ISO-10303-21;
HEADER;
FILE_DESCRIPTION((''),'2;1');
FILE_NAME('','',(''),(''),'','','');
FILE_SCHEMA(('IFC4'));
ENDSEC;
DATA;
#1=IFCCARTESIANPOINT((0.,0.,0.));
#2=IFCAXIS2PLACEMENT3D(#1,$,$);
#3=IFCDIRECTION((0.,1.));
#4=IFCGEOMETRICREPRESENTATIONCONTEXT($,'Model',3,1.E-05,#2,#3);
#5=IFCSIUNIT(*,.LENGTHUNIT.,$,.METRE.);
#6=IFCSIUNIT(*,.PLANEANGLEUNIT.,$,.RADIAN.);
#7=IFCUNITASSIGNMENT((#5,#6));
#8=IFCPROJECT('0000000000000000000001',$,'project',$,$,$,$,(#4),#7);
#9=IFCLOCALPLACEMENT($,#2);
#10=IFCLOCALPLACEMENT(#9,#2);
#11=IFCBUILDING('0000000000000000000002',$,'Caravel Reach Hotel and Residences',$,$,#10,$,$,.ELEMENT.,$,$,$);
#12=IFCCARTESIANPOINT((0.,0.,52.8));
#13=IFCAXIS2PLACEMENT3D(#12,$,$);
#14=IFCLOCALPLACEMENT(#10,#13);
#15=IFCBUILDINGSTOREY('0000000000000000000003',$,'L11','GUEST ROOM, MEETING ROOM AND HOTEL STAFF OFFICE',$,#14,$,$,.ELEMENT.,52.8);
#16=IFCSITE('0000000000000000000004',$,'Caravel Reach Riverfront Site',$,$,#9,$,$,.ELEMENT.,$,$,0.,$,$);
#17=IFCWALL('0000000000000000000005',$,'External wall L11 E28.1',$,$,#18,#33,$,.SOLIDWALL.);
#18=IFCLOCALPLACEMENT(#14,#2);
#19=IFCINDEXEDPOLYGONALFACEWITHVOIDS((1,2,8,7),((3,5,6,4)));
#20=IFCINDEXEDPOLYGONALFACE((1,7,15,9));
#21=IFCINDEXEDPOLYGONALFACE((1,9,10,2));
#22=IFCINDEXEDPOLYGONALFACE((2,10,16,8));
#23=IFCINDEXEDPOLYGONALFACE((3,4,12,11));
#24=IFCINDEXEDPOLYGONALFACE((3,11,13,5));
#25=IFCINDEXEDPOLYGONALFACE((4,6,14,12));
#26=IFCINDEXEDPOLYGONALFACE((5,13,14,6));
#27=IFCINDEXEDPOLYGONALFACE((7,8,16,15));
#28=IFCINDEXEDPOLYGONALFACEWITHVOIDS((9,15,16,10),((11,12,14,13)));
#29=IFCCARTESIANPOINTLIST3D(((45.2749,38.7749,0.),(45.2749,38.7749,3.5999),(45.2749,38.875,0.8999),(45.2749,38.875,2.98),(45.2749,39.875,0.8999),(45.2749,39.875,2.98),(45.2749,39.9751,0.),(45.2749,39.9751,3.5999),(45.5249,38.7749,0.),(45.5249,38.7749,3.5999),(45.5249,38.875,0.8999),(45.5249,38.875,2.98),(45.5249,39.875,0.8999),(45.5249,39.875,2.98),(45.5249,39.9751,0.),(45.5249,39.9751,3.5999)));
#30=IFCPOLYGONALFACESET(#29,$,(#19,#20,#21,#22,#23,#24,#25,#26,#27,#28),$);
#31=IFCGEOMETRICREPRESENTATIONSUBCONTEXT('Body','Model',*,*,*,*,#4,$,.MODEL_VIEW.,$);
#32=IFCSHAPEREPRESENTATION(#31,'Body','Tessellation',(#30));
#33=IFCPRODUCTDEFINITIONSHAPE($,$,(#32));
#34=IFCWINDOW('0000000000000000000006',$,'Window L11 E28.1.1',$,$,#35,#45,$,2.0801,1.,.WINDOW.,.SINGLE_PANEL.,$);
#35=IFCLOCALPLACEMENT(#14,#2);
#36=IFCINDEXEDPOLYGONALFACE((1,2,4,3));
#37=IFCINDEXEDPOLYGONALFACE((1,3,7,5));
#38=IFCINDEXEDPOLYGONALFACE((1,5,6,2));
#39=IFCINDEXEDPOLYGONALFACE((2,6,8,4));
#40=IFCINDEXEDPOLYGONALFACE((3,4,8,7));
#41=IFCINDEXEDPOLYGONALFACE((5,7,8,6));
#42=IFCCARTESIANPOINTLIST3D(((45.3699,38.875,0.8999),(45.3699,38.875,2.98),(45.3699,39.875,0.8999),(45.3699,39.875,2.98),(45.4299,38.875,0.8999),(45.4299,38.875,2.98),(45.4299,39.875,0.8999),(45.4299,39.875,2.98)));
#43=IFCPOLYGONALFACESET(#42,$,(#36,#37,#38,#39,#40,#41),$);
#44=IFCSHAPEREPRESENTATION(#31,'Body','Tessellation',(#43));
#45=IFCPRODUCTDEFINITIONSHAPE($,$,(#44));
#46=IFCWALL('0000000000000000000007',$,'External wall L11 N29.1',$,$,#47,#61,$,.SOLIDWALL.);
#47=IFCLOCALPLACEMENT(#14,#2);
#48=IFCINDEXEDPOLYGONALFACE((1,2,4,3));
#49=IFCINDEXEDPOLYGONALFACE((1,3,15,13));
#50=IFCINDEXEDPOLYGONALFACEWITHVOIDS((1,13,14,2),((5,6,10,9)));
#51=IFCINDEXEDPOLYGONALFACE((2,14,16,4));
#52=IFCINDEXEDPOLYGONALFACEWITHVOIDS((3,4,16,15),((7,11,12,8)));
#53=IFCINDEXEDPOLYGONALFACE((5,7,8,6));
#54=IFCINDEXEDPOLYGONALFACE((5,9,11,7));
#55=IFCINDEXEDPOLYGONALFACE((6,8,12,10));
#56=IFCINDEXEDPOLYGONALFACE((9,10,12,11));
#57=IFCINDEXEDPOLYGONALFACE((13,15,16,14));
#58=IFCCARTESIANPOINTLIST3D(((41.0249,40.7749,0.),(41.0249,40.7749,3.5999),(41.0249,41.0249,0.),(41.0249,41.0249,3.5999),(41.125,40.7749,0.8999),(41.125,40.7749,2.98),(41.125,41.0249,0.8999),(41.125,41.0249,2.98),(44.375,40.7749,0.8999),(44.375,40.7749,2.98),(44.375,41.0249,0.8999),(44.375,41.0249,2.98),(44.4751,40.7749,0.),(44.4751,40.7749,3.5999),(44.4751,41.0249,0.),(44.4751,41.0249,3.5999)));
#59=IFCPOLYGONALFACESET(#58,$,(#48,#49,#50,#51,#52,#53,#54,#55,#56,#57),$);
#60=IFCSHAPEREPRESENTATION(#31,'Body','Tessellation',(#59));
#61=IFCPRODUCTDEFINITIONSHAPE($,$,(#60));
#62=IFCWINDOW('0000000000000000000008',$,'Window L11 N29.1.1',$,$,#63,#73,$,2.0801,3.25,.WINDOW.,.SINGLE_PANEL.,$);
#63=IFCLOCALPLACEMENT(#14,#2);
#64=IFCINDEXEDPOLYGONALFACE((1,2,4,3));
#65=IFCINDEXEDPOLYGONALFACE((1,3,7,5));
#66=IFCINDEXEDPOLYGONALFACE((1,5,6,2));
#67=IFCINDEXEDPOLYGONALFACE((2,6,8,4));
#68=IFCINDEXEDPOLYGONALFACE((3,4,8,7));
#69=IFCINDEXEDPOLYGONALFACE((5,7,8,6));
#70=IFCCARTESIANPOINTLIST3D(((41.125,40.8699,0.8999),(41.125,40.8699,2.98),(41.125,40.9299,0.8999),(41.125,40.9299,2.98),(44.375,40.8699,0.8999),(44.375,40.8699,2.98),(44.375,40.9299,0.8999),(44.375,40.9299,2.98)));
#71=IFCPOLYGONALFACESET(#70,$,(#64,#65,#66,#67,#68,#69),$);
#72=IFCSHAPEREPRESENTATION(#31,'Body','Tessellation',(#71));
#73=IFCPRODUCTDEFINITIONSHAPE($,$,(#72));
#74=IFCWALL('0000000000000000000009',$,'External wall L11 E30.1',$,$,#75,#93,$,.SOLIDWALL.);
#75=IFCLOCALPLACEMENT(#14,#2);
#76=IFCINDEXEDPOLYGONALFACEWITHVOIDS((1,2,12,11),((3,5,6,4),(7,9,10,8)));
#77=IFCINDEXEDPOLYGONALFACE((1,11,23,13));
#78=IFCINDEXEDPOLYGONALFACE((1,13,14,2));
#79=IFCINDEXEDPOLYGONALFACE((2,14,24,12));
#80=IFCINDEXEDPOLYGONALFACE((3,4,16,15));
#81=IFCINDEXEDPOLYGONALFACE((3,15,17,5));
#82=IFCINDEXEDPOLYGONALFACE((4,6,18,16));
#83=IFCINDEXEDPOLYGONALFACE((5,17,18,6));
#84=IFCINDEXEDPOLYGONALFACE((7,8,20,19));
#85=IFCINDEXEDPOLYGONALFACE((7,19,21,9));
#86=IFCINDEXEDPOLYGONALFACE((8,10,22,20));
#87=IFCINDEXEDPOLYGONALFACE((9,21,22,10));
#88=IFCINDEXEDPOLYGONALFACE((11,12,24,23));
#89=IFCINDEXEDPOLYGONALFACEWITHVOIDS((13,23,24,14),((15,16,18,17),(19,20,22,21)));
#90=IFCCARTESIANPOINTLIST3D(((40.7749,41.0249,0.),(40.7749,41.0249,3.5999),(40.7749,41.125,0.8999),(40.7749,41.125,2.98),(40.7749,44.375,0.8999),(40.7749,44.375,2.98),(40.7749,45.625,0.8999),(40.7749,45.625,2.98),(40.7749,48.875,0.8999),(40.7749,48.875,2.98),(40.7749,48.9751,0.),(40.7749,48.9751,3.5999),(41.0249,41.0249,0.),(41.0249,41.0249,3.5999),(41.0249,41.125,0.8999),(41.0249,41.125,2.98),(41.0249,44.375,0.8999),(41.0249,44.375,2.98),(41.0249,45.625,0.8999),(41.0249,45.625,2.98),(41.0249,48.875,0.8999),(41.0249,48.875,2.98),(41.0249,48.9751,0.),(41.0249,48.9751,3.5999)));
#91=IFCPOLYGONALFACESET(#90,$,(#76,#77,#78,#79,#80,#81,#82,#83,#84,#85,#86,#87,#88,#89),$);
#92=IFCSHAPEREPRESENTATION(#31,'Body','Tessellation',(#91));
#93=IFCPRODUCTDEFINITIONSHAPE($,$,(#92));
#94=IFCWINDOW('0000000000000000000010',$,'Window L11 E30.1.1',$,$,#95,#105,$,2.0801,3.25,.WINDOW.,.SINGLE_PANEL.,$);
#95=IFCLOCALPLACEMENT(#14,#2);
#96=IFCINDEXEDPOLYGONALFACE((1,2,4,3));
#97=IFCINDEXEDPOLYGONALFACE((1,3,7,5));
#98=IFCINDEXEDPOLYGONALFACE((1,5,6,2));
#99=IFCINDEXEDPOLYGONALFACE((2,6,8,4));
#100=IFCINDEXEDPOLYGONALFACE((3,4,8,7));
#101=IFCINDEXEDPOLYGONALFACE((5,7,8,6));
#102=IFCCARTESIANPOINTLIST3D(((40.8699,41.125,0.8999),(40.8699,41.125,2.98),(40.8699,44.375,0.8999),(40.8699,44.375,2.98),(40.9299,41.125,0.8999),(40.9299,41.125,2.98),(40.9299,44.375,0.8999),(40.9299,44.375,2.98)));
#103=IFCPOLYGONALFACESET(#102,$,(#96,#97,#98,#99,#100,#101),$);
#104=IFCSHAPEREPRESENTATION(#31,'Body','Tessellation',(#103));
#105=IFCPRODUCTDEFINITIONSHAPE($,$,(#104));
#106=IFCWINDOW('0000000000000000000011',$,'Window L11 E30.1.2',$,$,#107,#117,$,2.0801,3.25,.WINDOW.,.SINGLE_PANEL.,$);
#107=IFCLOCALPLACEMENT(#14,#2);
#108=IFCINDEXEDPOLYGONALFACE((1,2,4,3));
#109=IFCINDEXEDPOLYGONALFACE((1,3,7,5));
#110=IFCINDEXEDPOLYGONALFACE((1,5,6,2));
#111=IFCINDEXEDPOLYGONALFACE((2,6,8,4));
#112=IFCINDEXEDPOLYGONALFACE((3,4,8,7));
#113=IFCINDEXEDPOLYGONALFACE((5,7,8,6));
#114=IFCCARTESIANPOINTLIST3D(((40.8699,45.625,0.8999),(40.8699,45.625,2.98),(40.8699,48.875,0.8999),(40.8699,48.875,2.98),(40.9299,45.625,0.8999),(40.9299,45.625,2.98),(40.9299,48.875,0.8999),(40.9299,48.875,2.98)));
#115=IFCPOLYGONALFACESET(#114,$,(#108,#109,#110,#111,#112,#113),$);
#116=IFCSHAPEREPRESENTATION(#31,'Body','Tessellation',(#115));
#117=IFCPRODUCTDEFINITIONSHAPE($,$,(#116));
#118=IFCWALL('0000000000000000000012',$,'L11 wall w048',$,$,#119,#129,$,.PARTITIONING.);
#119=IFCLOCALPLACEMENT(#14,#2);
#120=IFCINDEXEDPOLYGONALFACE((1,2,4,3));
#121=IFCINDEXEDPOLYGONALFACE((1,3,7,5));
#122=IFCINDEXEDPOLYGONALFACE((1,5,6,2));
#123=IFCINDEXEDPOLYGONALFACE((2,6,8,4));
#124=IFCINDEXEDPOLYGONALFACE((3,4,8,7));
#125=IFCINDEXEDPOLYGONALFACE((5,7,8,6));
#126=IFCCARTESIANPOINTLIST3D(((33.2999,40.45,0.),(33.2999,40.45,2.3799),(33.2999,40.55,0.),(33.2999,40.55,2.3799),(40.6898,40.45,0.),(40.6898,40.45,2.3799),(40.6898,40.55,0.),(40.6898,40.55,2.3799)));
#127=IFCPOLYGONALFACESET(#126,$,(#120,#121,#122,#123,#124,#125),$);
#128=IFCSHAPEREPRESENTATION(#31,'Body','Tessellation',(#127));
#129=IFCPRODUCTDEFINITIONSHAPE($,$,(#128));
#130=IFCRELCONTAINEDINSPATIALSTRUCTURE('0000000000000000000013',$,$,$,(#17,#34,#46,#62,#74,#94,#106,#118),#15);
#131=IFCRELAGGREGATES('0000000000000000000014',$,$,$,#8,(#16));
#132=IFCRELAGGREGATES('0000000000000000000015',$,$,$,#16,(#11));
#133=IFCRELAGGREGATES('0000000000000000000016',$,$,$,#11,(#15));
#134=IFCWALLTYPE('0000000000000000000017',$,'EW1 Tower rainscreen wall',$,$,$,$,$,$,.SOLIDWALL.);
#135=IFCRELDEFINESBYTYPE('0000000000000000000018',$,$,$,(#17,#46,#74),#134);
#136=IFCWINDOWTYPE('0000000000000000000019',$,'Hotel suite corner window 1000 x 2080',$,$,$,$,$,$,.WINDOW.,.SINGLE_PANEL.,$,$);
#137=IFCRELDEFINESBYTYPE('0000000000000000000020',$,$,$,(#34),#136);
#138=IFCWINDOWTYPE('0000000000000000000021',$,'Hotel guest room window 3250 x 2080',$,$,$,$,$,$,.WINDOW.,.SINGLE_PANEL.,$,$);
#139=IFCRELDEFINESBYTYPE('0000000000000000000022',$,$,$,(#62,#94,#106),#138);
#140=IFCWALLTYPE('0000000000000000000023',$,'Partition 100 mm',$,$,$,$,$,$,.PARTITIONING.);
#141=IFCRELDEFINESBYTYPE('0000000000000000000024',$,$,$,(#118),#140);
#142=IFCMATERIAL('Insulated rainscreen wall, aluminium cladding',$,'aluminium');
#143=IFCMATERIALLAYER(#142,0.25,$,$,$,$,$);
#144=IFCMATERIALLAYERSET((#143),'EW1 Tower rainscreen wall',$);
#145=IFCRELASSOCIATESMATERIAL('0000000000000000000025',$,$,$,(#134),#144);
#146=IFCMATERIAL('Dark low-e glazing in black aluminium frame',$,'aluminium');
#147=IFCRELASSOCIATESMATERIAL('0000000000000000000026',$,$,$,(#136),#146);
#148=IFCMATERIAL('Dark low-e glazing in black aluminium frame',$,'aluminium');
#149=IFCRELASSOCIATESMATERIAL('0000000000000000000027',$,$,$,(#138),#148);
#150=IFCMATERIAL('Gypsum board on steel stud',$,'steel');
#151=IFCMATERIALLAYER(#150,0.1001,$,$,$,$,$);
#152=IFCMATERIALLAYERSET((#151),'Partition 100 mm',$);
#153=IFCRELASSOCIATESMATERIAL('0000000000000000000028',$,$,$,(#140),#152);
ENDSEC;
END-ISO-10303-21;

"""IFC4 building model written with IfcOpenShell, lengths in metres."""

from ifc_helpers import new_model, si_unit, direction, frame, frame_2d, origin, place, context, subcontext, project, spatial, rectangle, extrude, material, layer, layer_set, type_object, element, fill, save


model = new_model("IFC4")

# Units and contexts
model_context = context("Model", 3, precision=1e-05, world=origin(), true_north=direction((0.0, 1.0)))
body_context = subcontext(model_context, "Body", "Model", "MODEL_VIEW")
ifc_project = project(units=[si_unit("LENGTHUNIT", "METRE"), si_unit("PLANEANGLEUNIT", "RADIAN")], contexts=[model_context])

# Site, building, storey
site_placement = place(None, origin())
site = spatial("IfcSite", under=ifc_project, at=site_placement, Name="Caravel Reach Riverfront Site", CompositionType="ELEMENT", RefElevation=0.0)
building_placement = place(site_placement, origin())
building = spatial("IfcBuilding", under=site, at=building_placement, Name="Caravel Reach Hotel and Residences", CompositionType="ELEMENT")
storey_placement = place(building_placement, frame((0.0, 0.0, 52.8)))
storey = spatial("IfcBuildingStorey", under=building, at=storey_placement, Name="L11", Description="GUEST ROOM, MEETING ROOM AND HOTEL STAFF OFFICE", CompositionType="ELEMENT", Elevation=52.8)

# Walls, openings, windows
ifc_material_1 = material(Name="Insulated rainscreen wall, aluminium cladding", Category="aluminium")
ifc_layer_1 = layer(ifc_material_1, 0.25)
ifc_layer_set_1 = layer_set([ifc_layer_1], Name="EW1 Tower rainscreen wall")
wall_type_1 = type_object("IfcWallType", Name="EW1 Tower rainscreen wall", PredefinedType="SOLIDWALL", material=ifc_layer_set_1)
wall_1_placement = place(storey_placement, frame((45.3999, 38.7749, 0.0), z_axis=(0.0, 0.0, 1.0), x_axis=(0.0, 1.0, 0.0)))
wall_1 = element("IfcWall", 1, at=wall_1_placement, inside=storey, type_object=wall_type_1, Name="External wall L11 E28.1", PredefinedType="SOLIDWALL", context=body_context, shape_type="SweptSolid", body=[
    extrude(rectangle(XDim=1.2002, YDim=0.25, at=frame_2d((0.6001, 0.0))), origin(), (0.0, 0.0, 1.0), 3.5999),
])
opening_1_placement = place(wall_1_placement, frame((0.1001, 0.0, 0.8999)))
opening_1 = element("IfcOpeningElement", 2, at=opening_1_placement, cuts=wall_1, PredefinedType="OPENING", context=body_context, shape_type="SweptSolid", body=[
    extrude(rectangle(XDim=1.0, YDim=2.0801, at=frame_2d((0.5, 1.04))), frame((0.0, 0.135, 0.0), z_axis=(0.0, -1.0, 0.0), x_axis=(1.0, 0.0, 0.0)), (0.0, 0.0, 1.0), 0.27),
])
ifc_material_2 = material(Name="Dark low-e glazing in black aluminium frame", Category="aluminium")
window_type_1 = type_object("IfcWindowType", Name="Hotel suite corner window 1000 x 2080", PartitioningType="SINGLE_PANEL", PredefinedType="WINDOW", material=ifc_material_2)
window_1_placement = place(opening_1_placement, origin())
window_1 = element("IfcWindow", 3, at=window_1_placement, inside=storey, type_object=window_type_1, Name="Window L11 E28.1.1", OverallHeight=2.0801, OverallWidth=1.0, PartitioningType="SINGLE_PANEL", PredefinedType="WINDOW", context=body_context, shape_type="SweptSolid", body=[
    extrude(rectangle(XDim=1.0, YDim=2.0801, at=frame_2d((0.5, 1.04))), frame((0.0, 0.03, 0.0), z_axis=(0.0, -1.0, 0.0), x_axis=(1.0, 0.0, 0.0)), (0.0, 0.0, 1.0), 0.0601),
])
fill(opening_1, window_1)
wall_2_placement = place(storey_placement, frame((44.4751, 40.8999, 0.0), z_axis=(0.0, 0.0, 1.0), x_axis=(-1.0, 0.0, 0.0)))
wall_2 = element("IfcWall", 4, at=wall_2_placement, inside=storey, type_object=wall_type_1, Name="External wall L11 N29.1", PredefinedType="SOLIDWALL", context=body_context, shape_type="SweptSolid", body=[
    extrude(rectangle(XDim=3.4502, YDim=0.25, at=frame_2d((1.7251, 0.0))), origin(), (0.0, 0.0, 1.0), 3.5999),
])
opening_2_placement = place(wall_2_placement, frame((0.1001, 0.0, 0.8999)))
opening_2 = element("IfcOpeningElement", 5, at=opening_2_placement, cuts=wall_2, PredefinedType="OPENING", context=body_context, shape_type="SweptSolid", body=[
    extrude(rectangle(XDim=3.25, YDim=2.0801, at=frame_2d((1.625, 1.04))), frame((0.0, 0.135, 0.0), z_axis=(0.0, -1.0, 0.0), x_axis=(1.0, 0.0, 0.0)), (0.0, 0.0, 1.0), 0.27),
])
ifc_material_3 = material(Name="Dark low-e glazing in black aluminium frame", Category="aluminium")
window_type_2 = type_object("IfcWindowType", Name="Hotel guest room window 3250 x 2080", PartitioningType="SINGLE_PANEL", PredefinedType="WINDOW", material=ifc_material_3)
window_2_placement = place(opening_2_placement, origin())
window_2 = element("IfcWindow", 6, at=window_2_placement, inside=storey, type_object=window_type_2, Name="Window L11 N29.1.1", OverallHeight=2.0801, OverallWidth=3.25, PartitioningType="SINGLE_PANEL", PredefinedType="WINDOW", context=body_context, shape_type="SweptSolid", body=[
    extrude(rectangle(XDim=3.25, YDim=2.0801, at=frame_2d((1.625, 1.04))), frame((0.0, 0.03, 0.0), z_axis=(0.0, -1.0, 0.0), x_axis=(1.0, 0.0, 0.0)), (0.0, 0.0, 1.0), 0.0601),
])
fill(opening_2, window_2)

# Wall, openings, windows
wall_3_placement = place(storey_placement, frame((40.8999, 41.0249, 0.0), z_axis=(0.0, 0.0, 1.0), x_axis=(0.0, 1.0, 0.0)))
wall_3 = element("IfcWall", 7, at=wall_3_placement, inside=storey, type_object=wall_type_1, Name="External wall L11 E30.1", PredefinedType="SOLIDWALL", context=body_context, shape_type="SweptSolid", body=[
    extrude(rectangle(XDim=7.9502, YDim=0.25, at=frame_2d((3.9751, 0.0))), origin(), (0.0, 0.0, 1.0), 3.5999),
])
opening_3_placement = place(wall_3_placement, frame((0.1001, 0.0, 0.8999)))
opening_3 = element("IfcOpeningElement", 8, at=opening_3_placement, cuts=wall_3, PredefinedType="OPENING", context=body_context, shape_type="SweptSolid", body=[
    extrude(rectangle(XDim=3.25, YDim=2.0801, at=frame_2d((1.625, 1.04))), frame((0.0, 0.135, 0.0), z_axis=(0.0, -1.0, 0.0), x_axis=(1.0, 0.0, 0.0)), (0.0, 0.0, 1.0), 0.27),
])
opening_4_placement = place(wall_3_placement, frame((4.6001, 0.0, 0.8999)))
opening_4 = element("IfcOpeningElement", 9, at=opening_4_placement, cuts=wall_3, PredefinedType="OPENING", context=body_context, shape_type="SweptSolid", body=[
    extrude(rectangle(XDim=3.25, YDim=2.0801, at=frame_2d((1.625, 1.04))), frame((0.0, 0.135, 0.0), z_axis=(0.0, -1.0, 0.0), x_axis=(1.0, 0.0, 0.0)), (0.0, 0.0, 1.0), 0.27),
])
window_3_placement = place(opening_3_placement, origin())
window_3 = element("IfcWindow", 10, at=window_3_placement, inside=storey, type_object=window_type_2, Name="Window L11 E30.1.1", OverallHeight=2.0801, OverallWidth=3.25, PartitioningType="SINGLE_PANEL", PredefinedType="WINDOW", context=body_context, shape_type="SweptSolid", body=[
    extrude(rectangle(XDim=3.25, YDim=2.0801, at=frame_2d((1.625, 1.04))), frame((0.0, 0.03, 0.0), z_axis=(0.0, -1.0, 0.0), x_axis=(1.0, 0.0, 0.0)), (0.0, 0.0, 1.0), 0.0601),
])
fill(opening_3, window_3)
window_4_placement = place(opening_4_placement, origin())
window_4 = element("IfcWindow", 11, at=window_4_placement, inside=storey, type_object=window_type_2, Name="Window L11 E30.1.2", OverallHeight=2.0801, OverallWidth=3.25, PartitioningType="SINGLE_PANEL", PredefinedType="WINDOW", context=body_context, shape_type="SweptSolid", body=[
    extrude(rectangle(XDim=3.25, YDim=2.0801, at=frame_2d((1.625, 1.04))), frame((0.0, 0.03, 0.0), z_axis=(0.0, -1.0, 0.0), x_axis=(1.0, 0.0, 0.0)), (0.0, 0.0, 1.0), 0.0601),
])
fill(opening_4, window_4)

# Wall
ifc_material_4 = material(Name="Gypsum board on steel stud", Category="steel")
ifc_layer_2 = layer(ifc_material_4, 0.1001)
ifc_layer_set_2 = layer_set([ifc_layer_2], Name="Partition 100 mm")
wall_type_2 = type_object("IfcWallType", Name="Partition 100 mm", PredefinedType="PARTITIONING", material=ifc_layer_set_2)
wall_4_placement = place(storey_placement, frame((33.3, 40.5, 0.0), z_axis=(0.0, 0.0, 1.0), x_axis=(1.0, 0.0, 0.0)))
element("IfcWall", 12, at=wall_4_placement, inside=storey, type_object=wall_type_2, Name="L11 wall w048", PredefinedType="PARTITIONING", context=body_context, shape_type="SweptSolid", body=[
    extrude(rectangle(XDim=7.3899, YDim=0.1001, at=frame_2d((3.6948, 0.0))), origin(), (0.0, 0.0, 1.0), 2.3799),
])

save(model, "model.ifc")
